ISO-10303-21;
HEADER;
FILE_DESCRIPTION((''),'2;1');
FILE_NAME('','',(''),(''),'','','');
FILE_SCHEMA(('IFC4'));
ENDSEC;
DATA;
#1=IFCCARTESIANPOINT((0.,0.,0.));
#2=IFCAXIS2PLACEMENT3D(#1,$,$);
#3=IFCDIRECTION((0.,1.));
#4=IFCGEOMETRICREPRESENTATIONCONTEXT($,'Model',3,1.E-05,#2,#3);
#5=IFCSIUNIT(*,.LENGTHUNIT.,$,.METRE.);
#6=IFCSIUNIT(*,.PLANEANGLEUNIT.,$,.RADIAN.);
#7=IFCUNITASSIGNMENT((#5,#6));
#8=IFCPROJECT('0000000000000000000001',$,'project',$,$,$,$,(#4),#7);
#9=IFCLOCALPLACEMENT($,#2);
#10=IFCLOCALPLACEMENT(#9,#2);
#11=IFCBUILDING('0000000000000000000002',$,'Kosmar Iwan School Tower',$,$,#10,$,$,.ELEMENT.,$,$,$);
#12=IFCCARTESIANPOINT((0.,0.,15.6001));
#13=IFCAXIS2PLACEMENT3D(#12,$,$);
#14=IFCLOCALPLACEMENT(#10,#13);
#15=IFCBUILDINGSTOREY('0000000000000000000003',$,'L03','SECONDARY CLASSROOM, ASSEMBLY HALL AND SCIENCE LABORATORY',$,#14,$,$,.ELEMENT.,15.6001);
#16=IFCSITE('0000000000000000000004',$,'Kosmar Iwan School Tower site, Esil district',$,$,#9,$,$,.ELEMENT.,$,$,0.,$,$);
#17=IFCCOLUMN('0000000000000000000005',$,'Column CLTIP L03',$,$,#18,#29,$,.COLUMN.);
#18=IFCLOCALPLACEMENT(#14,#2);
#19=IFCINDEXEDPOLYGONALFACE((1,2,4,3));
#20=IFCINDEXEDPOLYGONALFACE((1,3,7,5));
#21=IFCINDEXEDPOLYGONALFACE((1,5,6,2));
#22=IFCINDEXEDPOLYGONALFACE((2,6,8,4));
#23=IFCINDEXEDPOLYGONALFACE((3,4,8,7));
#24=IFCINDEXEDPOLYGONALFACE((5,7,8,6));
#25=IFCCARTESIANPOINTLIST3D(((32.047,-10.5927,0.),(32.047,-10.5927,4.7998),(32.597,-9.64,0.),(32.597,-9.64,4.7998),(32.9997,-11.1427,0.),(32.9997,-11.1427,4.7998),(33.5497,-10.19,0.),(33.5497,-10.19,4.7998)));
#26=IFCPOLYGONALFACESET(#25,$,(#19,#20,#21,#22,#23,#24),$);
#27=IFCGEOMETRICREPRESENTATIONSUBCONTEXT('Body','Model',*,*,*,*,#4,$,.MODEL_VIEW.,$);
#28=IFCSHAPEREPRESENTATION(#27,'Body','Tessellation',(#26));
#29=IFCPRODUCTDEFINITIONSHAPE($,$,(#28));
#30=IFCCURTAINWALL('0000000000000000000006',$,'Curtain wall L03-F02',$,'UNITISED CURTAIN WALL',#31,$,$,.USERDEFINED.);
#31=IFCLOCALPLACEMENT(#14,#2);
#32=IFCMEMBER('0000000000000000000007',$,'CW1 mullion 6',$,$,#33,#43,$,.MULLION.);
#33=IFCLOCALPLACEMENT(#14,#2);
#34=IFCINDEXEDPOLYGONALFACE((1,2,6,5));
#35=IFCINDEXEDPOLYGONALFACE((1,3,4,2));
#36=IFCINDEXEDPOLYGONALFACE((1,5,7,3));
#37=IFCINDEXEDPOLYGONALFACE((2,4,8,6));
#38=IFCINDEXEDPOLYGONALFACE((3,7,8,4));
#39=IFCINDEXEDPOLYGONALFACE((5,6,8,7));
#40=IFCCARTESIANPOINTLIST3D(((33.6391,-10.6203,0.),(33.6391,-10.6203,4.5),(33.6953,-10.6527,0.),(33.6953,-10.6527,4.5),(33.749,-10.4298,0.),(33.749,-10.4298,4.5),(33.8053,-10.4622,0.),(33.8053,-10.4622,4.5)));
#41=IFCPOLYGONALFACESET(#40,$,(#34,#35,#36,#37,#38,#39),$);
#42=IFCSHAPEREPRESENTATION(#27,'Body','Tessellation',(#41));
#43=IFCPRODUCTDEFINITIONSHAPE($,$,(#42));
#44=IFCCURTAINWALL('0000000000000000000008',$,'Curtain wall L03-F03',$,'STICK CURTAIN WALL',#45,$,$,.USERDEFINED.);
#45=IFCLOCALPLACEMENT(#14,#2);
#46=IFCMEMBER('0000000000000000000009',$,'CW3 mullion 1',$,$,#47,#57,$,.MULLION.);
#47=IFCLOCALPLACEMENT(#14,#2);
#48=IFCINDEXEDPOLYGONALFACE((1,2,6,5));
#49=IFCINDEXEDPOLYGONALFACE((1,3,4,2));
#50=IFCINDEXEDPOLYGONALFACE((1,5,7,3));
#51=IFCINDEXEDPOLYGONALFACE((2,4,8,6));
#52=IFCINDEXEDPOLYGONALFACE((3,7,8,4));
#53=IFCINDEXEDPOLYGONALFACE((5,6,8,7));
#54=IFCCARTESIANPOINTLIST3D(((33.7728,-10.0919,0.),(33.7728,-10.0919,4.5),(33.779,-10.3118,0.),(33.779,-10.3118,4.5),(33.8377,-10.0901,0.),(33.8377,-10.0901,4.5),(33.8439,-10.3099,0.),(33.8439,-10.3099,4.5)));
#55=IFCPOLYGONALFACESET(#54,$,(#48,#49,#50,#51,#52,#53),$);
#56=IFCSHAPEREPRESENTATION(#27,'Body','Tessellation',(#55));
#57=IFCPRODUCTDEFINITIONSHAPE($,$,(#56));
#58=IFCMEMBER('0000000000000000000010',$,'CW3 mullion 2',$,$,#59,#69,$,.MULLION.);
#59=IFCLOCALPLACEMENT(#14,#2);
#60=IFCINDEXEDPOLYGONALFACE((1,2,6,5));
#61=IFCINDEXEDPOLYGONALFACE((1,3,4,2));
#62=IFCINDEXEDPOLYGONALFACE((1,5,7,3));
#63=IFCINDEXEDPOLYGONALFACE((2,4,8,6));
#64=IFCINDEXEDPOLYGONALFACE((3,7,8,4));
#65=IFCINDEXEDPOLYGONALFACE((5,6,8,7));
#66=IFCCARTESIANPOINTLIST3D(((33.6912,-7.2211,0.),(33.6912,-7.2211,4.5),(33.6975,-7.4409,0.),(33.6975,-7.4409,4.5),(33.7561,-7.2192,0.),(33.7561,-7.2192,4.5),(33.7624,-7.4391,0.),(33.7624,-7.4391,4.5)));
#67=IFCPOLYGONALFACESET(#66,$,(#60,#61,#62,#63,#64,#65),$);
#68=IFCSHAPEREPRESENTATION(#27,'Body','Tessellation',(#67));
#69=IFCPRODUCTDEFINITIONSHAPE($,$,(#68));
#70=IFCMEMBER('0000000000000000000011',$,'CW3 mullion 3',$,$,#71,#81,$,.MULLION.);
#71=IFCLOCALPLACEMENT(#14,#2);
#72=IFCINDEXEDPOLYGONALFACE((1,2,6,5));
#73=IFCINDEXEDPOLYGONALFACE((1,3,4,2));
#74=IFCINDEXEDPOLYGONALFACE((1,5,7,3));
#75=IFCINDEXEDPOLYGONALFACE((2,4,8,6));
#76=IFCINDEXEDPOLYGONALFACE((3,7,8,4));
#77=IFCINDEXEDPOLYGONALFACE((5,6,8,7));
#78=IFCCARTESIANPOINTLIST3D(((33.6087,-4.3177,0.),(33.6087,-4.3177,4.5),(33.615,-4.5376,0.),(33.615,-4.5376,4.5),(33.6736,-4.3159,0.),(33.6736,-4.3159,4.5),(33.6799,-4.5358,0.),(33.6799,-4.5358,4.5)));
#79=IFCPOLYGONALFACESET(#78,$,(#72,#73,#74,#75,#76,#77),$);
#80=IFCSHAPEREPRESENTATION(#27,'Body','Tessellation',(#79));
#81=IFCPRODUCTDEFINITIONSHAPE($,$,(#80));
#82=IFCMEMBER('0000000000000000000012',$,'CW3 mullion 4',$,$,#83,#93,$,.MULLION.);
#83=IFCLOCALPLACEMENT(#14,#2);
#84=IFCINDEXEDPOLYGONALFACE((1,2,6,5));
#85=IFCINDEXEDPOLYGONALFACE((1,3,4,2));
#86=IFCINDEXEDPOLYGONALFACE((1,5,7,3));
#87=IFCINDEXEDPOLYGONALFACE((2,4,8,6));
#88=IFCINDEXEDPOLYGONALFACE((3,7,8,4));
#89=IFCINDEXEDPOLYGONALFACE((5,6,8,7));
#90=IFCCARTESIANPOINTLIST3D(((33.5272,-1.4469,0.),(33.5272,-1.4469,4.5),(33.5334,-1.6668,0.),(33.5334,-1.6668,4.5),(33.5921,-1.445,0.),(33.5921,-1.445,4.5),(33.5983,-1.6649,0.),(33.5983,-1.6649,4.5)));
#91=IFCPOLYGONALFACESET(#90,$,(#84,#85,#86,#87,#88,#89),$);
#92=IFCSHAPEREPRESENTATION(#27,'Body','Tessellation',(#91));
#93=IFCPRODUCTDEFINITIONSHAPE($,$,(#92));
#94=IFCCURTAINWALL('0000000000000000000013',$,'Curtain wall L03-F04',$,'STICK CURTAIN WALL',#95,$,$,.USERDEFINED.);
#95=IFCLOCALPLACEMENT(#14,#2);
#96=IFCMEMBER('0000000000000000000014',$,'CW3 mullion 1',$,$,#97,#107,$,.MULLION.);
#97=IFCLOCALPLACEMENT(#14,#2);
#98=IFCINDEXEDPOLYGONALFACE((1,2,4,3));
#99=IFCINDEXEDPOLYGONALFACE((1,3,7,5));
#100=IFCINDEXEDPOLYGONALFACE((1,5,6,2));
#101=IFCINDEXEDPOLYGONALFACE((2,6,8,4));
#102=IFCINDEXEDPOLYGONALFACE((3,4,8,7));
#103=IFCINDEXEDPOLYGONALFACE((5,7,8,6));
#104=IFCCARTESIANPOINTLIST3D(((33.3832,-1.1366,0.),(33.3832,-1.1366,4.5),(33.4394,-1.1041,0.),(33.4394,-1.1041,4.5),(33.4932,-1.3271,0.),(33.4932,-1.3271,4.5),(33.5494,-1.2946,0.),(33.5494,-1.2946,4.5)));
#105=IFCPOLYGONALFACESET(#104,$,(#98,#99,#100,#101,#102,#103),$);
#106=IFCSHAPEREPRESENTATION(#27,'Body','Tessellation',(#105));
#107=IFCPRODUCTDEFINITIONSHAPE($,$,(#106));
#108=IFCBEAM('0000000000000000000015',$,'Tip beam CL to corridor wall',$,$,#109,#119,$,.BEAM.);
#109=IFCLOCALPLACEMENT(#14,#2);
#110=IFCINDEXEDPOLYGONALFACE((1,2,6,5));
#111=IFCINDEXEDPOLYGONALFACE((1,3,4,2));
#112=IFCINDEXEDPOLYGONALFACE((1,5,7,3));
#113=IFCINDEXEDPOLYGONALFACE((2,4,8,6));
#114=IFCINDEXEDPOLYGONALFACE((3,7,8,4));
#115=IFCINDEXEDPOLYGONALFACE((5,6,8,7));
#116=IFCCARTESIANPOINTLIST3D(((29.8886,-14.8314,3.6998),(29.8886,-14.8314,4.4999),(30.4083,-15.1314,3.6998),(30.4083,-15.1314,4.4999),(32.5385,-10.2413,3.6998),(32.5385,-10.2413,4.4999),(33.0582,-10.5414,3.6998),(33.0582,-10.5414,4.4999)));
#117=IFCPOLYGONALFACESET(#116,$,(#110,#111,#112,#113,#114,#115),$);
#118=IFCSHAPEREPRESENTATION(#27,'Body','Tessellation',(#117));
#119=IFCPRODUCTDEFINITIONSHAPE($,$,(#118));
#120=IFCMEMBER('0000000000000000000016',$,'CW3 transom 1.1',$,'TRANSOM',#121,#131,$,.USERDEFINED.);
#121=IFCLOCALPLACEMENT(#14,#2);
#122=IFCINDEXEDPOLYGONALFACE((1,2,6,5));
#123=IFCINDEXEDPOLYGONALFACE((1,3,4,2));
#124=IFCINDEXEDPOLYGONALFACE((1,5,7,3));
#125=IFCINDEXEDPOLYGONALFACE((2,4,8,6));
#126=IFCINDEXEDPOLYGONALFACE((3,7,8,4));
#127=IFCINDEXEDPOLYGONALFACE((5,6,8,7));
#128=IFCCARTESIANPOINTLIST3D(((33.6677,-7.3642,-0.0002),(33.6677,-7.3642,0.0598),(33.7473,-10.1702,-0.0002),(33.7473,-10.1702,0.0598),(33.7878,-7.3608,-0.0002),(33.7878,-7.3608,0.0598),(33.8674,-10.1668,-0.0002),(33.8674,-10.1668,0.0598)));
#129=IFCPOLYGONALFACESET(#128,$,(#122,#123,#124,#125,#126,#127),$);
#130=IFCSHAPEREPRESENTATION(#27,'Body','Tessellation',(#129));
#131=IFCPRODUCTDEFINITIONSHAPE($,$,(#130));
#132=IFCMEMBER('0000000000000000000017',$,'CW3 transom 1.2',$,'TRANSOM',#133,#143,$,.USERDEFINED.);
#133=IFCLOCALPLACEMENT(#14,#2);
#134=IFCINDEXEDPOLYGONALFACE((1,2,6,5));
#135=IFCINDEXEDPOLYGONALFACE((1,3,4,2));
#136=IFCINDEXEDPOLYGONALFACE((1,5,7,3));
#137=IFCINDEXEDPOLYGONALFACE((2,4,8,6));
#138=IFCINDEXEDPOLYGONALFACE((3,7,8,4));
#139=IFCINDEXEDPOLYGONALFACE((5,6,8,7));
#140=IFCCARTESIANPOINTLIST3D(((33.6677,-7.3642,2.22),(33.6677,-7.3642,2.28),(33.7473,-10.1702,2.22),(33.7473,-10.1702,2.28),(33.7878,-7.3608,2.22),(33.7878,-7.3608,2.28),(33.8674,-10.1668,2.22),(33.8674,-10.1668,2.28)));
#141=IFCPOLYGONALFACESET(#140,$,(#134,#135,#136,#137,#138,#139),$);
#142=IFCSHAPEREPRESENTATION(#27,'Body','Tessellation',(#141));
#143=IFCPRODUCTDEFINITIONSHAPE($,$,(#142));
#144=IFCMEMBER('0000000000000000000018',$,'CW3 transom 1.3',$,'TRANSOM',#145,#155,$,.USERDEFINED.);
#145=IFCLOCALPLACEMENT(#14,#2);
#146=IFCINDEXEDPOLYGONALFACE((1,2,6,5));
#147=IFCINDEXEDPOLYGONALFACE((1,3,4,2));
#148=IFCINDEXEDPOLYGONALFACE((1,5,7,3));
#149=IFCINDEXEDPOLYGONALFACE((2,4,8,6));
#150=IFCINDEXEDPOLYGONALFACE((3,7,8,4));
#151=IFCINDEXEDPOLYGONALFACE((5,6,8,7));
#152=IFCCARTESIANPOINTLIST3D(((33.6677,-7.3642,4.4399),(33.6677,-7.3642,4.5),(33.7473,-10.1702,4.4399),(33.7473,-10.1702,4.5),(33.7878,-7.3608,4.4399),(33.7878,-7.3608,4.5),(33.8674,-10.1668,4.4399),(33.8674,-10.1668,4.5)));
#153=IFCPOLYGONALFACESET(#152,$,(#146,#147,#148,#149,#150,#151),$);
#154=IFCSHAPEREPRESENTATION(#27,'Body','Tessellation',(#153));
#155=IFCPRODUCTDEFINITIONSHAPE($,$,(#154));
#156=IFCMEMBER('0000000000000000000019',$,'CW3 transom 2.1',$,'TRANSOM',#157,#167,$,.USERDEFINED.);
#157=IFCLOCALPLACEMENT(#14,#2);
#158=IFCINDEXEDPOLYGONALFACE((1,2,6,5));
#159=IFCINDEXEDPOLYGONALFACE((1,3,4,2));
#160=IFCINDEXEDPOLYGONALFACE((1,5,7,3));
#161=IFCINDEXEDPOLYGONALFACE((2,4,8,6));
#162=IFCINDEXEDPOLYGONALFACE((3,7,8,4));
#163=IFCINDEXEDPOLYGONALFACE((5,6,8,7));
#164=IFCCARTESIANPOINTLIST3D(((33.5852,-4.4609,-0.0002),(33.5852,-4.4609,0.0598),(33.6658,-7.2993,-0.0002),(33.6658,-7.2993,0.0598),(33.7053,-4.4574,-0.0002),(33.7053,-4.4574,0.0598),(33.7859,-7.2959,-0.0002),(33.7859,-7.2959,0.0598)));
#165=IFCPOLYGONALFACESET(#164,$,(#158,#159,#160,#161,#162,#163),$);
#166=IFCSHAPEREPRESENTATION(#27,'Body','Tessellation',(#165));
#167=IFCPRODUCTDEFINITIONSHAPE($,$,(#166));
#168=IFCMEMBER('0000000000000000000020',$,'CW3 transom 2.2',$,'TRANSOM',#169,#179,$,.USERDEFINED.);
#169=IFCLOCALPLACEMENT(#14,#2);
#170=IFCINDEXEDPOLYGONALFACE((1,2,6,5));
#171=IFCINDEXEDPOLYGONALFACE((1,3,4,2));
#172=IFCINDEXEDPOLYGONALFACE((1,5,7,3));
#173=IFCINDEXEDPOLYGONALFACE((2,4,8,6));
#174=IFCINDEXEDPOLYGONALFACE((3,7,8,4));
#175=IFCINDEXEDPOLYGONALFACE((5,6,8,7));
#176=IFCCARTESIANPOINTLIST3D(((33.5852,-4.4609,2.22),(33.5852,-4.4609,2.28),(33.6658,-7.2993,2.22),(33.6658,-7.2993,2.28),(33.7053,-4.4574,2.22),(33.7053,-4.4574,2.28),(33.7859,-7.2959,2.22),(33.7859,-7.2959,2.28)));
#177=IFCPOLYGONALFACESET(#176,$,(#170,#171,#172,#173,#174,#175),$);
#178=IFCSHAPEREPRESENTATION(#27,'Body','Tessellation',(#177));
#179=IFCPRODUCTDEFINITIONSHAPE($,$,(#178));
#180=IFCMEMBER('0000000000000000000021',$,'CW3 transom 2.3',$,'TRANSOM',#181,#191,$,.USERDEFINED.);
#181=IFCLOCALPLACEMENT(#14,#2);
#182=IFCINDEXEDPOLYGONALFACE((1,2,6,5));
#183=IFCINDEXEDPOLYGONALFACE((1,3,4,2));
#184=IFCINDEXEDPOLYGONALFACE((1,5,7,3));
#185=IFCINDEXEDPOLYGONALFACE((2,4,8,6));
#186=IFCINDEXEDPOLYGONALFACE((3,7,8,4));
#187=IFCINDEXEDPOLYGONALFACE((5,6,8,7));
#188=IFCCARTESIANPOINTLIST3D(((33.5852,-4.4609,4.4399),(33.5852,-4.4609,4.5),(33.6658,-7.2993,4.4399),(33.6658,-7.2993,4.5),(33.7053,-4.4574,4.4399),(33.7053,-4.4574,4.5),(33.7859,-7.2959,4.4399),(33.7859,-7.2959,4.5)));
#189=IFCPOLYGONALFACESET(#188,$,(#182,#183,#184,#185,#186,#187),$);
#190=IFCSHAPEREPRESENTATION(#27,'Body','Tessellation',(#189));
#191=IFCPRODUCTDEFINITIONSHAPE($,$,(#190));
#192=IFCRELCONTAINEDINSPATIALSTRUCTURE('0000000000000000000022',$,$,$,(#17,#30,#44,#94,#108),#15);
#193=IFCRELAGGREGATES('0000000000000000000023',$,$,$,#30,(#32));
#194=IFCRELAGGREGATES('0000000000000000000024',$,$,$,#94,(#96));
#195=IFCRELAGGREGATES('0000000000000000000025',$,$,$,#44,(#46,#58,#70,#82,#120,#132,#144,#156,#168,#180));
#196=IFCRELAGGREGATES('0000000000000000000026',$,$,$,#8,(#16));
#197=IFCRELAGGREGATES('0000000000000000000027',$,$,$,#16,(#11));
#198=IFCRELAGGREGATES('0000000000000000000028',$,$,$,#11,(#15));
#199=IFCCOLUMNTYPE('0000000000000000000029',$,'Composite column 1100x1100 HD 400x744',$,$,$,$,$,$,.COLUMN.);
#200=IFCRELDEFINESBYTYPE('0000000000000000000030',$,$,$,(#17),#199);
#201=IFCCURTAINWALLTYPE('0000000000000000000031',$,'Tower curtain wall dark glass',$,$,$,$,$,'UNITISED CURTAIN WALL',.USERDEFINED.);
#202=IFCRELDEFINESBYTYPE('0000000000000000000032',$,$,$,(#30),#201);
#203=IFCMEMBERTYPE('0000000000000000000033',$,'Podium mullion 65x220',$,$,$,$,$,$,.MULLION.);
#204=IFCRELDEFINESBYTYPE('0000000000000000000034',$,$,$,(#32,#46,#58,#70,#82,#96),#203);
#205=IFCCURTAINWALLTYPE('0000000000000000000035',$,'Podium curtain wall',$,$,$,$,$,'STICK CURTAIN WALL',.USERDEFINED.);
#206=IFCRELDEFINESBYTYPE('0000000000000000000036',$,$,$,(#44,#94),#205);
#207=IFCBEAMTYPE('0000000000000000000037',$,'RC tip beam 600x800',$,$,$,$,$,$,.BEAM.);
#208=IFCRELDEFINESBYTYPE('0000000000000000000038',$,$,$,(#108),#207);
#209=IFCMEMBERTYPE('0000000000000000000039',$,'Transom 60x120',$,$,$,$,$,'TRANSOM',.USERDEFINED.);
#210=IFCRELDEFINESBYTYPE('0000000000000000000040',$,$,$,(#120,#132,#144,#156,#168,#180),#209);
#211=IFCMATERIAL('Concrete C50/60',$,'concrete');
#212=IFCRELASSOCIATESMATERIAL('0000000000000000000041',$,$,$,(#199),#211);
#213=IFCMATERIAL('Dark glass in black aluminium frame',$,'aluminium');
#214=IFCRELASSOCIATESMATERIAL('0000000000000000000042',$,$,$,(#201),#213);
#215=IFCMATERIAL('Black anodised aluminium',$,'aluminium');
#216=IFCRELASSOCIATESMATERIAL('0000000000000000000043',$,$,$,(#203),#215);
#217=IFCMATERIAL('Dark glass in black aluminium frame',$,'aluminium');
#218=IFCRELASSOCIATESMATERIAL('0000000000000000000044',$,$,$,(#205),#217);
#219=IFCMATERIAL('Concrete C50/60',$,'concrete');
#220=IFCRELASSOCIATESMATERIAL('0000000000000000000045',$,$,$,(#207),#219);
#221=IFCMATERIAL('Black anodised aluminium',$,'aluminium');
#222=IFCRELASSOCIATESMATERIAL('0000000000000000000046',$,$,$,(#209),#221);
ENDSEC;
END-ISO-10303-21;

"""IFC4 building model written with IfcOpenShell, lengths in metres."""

from ifc_helpers import new_model, si_unit, direction, frame, origin, origin_2d, place, context, subcontext, project, spatial, rectangle, extrude, material, material_profile, profile_set, type_object, element, aggregate, save


model = new_model("IFC4")

# Units and contexts
model_context = context("Model", 3, precision=1e-05, world=origin(), true_north=direction((0.0, 1.0)))
body_context = subcontext(model_context, "Body", "Model", "MODEL_VIEW")
ifc_project = project(units=[si_unit("LENGTHUNIT", "METRE"), si_unit("PLANEANGLEUNIT", "RADIAN")], contexts=[model_context])

# Site, building, storey
site_placement = place(None, origin())
site = spatial("IfcSite", under=ifc_project, at=site_placement, Name="Kosmar Iwan School Tower site, Esil district", CompositionType="ELEMENT", RefElevation=0.0)
building_placement = place(site_placement, origin())
building = spatial("IfcBuilding", under=site, at=building_placement, Name="Kosmar Iwan School Tower", CompositionType="ELEMENT")
storey_placement = place(building_placement, frame((0.0, 0.0, 15.6001)))
storey = spatial("IfcBuildingStorey", under=building, at=storey_placement, Name="L03", Description="SECONDARY CLASSROOM, ASSEMBLY HALL AND SCIENCE LABORATORY", CompositionType="ELEMENT", Elevation=15.6001)

# Column
ifc_material_1 = material(Name="Concrete C50/60", Category="concrete")
ifc_material_profile_1 = material_profile(ifc_material_1, rectangle(XDim=1.1001, YDim=1.1001, at=origin_2d()), Name="RC 1100x1100 + HD 400x744")
ifc_profile_set_1 = profile_set([ifc_material_profile_1], Name="Concrete C50/60")
column_type = type_object("IfcColumnType", Name="Composite column 1100x1100 HD 400x744", PredefinedType="COLUMN", material=ifc_profile_set_1)
column_placement = place(storey_placement, frame((32.7983, -10.3914, 0.0), z_axis=(0.0, 0.0, 1.0), x_axis=(0.866025, -0.5, 0.0)))
element("IfcColumn", 1, at=column_placement, inside=storey, type_object=column_type, Name="Column CLTIP L03", PredefinedType="COLUMN", context=body_context, shape_type="SweptSolid", body=[
    extrude(rectangle(XDim=1.1001, YDim=1.1001, at=origin_2d()), origin(), (0.0, 0.0, 1.0), 4.7998),
])

# Curtain wall, member
ifc_material_2 = material(Name="Dark glass in black aluminium frame", Category="aluminium")
curtain_wall_type_1 = type_object("IfcCurtainWallType", Name="Tower curtain wall dark glass", ElementType="UNITISED CURTAIN WALL", PredefinedType="USERDEFINED", material=ifc_material_2)
curtain_wall_1_placement = place(storey_placement, origin())
curtain_wall_1 = element("IfcCurtainWall", 2, at=curtain_wall_1_placement, inside=storey, type_object=curtain_wall_type_1, Name="Curtain wall L03-F02", ObjectType="UNITISED CURTAIN WALL", PredefinedType="USERDEFINED")
ifc_material_3 = material(Name="Black anodised aluminium", Category="aluminium")
ifc_material_profile_2 = material_profile(ifc_material_3, rectangle(XDim=0.0649, YDim=0.22, at=origin_2d()), Name="MULLION 65x220")
ifc_profile_set_2 = profile_set([ifc_material_profile_2], Name="Black anodised aluminium")
member_type_1 = type_object("IfcMemberType", Name="Podium mullion 65x220", PredefinedType="MULLION", material=ifc_profile_set_2)
member_1_placement = place(storey_placement, frame((33.7222, -10.5413, 0.0), z_axis=(0.0, 0.0, 1.0), x_axis=(-0.866025, 0.5, 0.0)))
member_1 = element("IfcMember", 3, at=member_1_placement, type_object=member_type_1, Name="CW1 mullion 6", PredefinedType="MULLION", context=body_context, shape_type="SweptSolid", body=[
    extrude(rectangle(XDim=0.0649, YDim=0.22, at=origin_2d()), origin(), (0.0, 0.0, 1.0), 4.5),
])
aggregate(curtain_wall_1, [member_1])

# Curtain wall, members
ifc_material_4 = material(Name="Dark glass in black aluminium frame", Category="aluminium")
curtain_wall_type_2 = type_object("IfcCurtainWallType", Name="Podium curtain wall", ElementType="STICK CURTAIN WALL", PredefinedType="USERDEFINED", material=ifc_material_4)
curtain_wall_2_placement = place(storey_placement, origin())
curtain_wall_2 = element("IfcCurtainWall", 4, at=curtain_wall_2_placement, inside=storey, type_object=curtain_wall_type_2, Name="Curtain wall L03-F03", ObjectType="STICK CURTAIN WALL", PredefinedType="USERDEFINED")
member_2_placement = place(storey_placement, frame((33.8083, -10.2009, 0.0), z_axis=(0.0, 0.0, 1.0), x_axis=(-0.999597, -0.028386, 0.0)))
member_2 = element("IfcMember", 5, at=member_2_placement, type_object=member_type_1, Name="CW3 mullion 1", PredefinedType="MULLION", context=body_context, shape_type="SweptSolid", body=[
    extrude(rectangle(XDim=0.0649, YDim=0.22, at=origin_2d()), origin(), (0.0, 0.0, 1.0), 4.5),
])
member_3_placement = place(storey_placement, frame((33.7268, -7.3301, 0.0), z_axis=(0.0, 0.0, 1.0), x_axis=(-0.999597, -0.028386, 0.0)))
member_3 = element("IfcMember", 6, at=member_3_placement, type_object=member_type_1, Name="CW3 mullion 2", PredefinedType="MULLION", context=body_context, shape_type="SweptSolid", body=[
    extrude(rectangle(XDim=0.0649, YDim=0.22, at=origin_2d()), origin(), (0.0, 0.0, 1.0), 4.5),
])
member_4_placement = place(storey_placement, frame((33.6443, -4.4268, 0.0), z_axis=(0.0, 0.0, 1.0), x_axis=(-0.999597, -0.028386, 0.0)))
member_4 = element("IfcMember", 7, at=member_4_placement, type_object=member_type_1, Name="CW3 mullion 3", PredefinedType="MULLION", context=body_context, shape_type="SweptSolid", body=[
    extrude(rectangle(XDim=0.0649, YDim=0.22, at=origin_2d()), origin(), (0.0, 0.0, 1.0), 4.5),
])
member_5_placement = place(storey_placement, frame((33.5627, -1.5559, 0.0), z_axis=(0.0, 0.0, 1.0), x_axis=(-0.999597, -0.028386, 0.0)))
member_5 = element("IfcMember", 8, at=member_5_placement, type_object=member_type_1, Name="CW3 mullion 4", PredefinedType="MULLION", context=body_context, shape_type="SweptSolid", body=[
    extrude(rectangle(XDim=0.0649, YDim=0.22, at=origin_2d()), origin(), (0.0, 0.0, 1.0), 4.5),
])

# Curtain wall, member
curtain_wall_3_placement = place(storey_placement, origin())
curtain_wall_3 = element("IfcCurtainWall", 9, at=curtain_wall_3_placement, inside=storey, type_object=curtain_wall_type_2, Name="Curtain wall L03-F04", ObjectType="STICK CURTAIN WALL", PredefinedType="USERDEFINED")
member_6_placement = place(storey_placement, frame((33.4663, -1.2156, 0.0), z_axis=(0.0, 0.0, 1.0), x_axis=(-0.866025, -0.5, 0.0)))
member_6 = element("IfcMember", 10, at=member_6_placement, type_object=member_type_1, Name="CW3 mullion 1", PredefinedType="MULLION", context=body_context, shape_type="SweptSolid", body=[
    extrude(rectangle(XDim=0.0649, YDim=0.22, at=origin_2d()), origin(), (0.0, 0.0, 1.0), 4.5),
])

# Beam
ifc_material_5 = material(Name="Concrete C50/60", Category="concrete")
ifc_material_profile_3 = material_profile(ifc_material_5, rectangle(XDim=0.6001, YDim=0.8, at=origin_2d()), Name="RC 600x800")
ifc_profile_set_3 = profile_set([ifc_material_profile_3], Name="Concrete C50/60")
beam_type = type_object("IfcBeamType", Name="RC tip beam 600x800", PredefinedType="BEAM", material=ifc_profile_set_3)
beam_placement = place(storey_placement, frame((32.7983, -10.3914, 4.0999), z_axis=(-0.499974, -0.866041, 0.0), x_axis=(0.866041, -0.499974, 0.0)))
element("IfcBeam", 11, at=beam_placement, inside=storey, type_object=beam_type, Name="Tip beam CL to corridor wall", PredefinedType="BEAM", context=body_context, shape_type="SweptSolid", body=[
    extrude(rectangle(XDim=0.6001, YDim=0.8, at=origin_2d()), origin(), (0.0, 0.0, 1.0), 5.3),
])

# Members
ifc_material_6 = material(Name="Black anodised aluminium", Category="aluminium")
ifc_material_profile_4 = material_profile(ifc_material_6, rectangle(XDim=0.1201, YDim=0.0601, at=origin_2d()), Name="TRANSOM 60x120")
ifc_profile_set_4 = profile_set([ifc_material_profile_4], Name="Black anodised aluminium")
member_type_2 = type_object("IfcMemberType", Name="Transom 60x120", ElementType="TRANSOM", PredefinedType="USERDEFINED", material=ifc_profile_set_4)
member_7_placement = place(storey_placement, frame((33.8074, -10.1685, 0.0298), z_axis=(-0.028354, 0.999598, 0.0), x_axis=(-0.999598, -0.028354, 0.0)))
member_7 = element("IfcMember", 12, at=member_7_placement, type_object=member_type_2, Name="CW3 transom 1.1", ObjectType="TRANSOM", PredefinedType="USERDEFINED", context=body_context, shape_type="SweptSolid", body=[
    extrude(rectangle(XDim=0.1201, YDim=0.0601, at=origin_2d()), origin(), (0.0, 0.0, 1.0), 2.8071),
])
member_8_placement = place(storey_placement, frame((33.8074, -10.1685, 2.25), z_axis=(-0.028354, 0.999598, 0.0), x_axis=(-0.999598, -0.028354, 0.0)))
member_8 = element("IfcMember", 13, at=member_8_placement, type_object=member_type_2, Name="CW3 transom 1.2", ObjectType="TRANSOM", PredefinedType="USERDEFINED", context=body_context, shape_type="SweptSolid", body=[
    extrude(rectangle(XDim=0.1201, YDim=0.0601, at=origin_2d()), origin(), (0.0, 0.0, 1.0), 2.8071),
])
member_9_placement = place(storey_placement, frame((33.8074, -10.1685, 4.47), z_axis=(-0.028354, 0.999598, 0.0), x_axis=(-0.999598, -0.028354, 0.0)))
member_9 = element("IfcMember", 14, at=member_9_placement, type_object=member_type_2, Name="CW3 transom 1.3", ObjectType="TRANSOM", PredefinedType="USERDEFINED", context=body_context, shape_type="SweptSolid", body=[
    extrude(rectangle(XDim=0.1201, YDim=0.0601, at=origin_2d()), origin(), (0.0, 0.0, 1.0), 2.8071),
])
member_10_placement = place(storey_placement, frame((33.7258, -7.2976, 0.0298), z_axis=(-0.028373, 0.999597, 0.0), x_axis=(-0.999597, -0.028373, 0.0)))
member_10 = element("IfcMember", 15, at=member_10_placement, type_object=member_type_2, Name="CW3 transom 2.1", ObjectType="TRANSOM", PredefinedType="USERDEFINED", context=body_context, shape_type="SweptSolid", body=[
    extrude(rectangle(XDim=0.1201, YDim=0.0601, at=origin_2d()), origin(), (0.0, 0.0, 1.0), 2.8396),
])
member_11_placement = place(storey_placement, frame((33.7258, -7.2976, 2.25), z_axis=(-0.028373, 0.999597, 0.0), x_axis=(-0.999597, -0.028373, 0.0)))
member_11 = element("IfcMember", 16, at=member_11_placement, type_object=member_type_2, Name="CW3 transom 2.2", ObjectType="TRANSOM", PredefinedType="USERDEFINED", context=body_context, shape_type="SweptSolid", body=[
    extrude(rectangle(XDim=0.1201, YDim=0.0601, at=origin_2d()), origin(), (0.0, 0.0, 1.0), 2.8396),
])
member_12_placement = place(storey_placement, frame((33.7258, -7.2976, 4.47), z_axis=(-0.028373, 0.999597, 0.0), x_axis=(-0.999597, -0.028373, 0.0)))
member_12 = element("IfcMember", 17, at=member_12_placement, type_object=member_type_2, Name="CW3 transom 2.3", ObjectType="TRANSOM", PredefinedType="USERDEFINED", context=body_context, shape_type="SweptSolid", body=[
    extrude(rectangle(XDim=0.1201, YDim=0.0601, at=origin_2d()), origin(), (0.0, 0.0, 1.0), 2.8396),
])
aggregate(curtain_wall_3, [member_6])

aggregate(curtain_wall_2, [member_2, member_3, member_4, member_5, member_7, member_8, member_9, member_10, member_11, member_12])

save(model, "model.ifc")
